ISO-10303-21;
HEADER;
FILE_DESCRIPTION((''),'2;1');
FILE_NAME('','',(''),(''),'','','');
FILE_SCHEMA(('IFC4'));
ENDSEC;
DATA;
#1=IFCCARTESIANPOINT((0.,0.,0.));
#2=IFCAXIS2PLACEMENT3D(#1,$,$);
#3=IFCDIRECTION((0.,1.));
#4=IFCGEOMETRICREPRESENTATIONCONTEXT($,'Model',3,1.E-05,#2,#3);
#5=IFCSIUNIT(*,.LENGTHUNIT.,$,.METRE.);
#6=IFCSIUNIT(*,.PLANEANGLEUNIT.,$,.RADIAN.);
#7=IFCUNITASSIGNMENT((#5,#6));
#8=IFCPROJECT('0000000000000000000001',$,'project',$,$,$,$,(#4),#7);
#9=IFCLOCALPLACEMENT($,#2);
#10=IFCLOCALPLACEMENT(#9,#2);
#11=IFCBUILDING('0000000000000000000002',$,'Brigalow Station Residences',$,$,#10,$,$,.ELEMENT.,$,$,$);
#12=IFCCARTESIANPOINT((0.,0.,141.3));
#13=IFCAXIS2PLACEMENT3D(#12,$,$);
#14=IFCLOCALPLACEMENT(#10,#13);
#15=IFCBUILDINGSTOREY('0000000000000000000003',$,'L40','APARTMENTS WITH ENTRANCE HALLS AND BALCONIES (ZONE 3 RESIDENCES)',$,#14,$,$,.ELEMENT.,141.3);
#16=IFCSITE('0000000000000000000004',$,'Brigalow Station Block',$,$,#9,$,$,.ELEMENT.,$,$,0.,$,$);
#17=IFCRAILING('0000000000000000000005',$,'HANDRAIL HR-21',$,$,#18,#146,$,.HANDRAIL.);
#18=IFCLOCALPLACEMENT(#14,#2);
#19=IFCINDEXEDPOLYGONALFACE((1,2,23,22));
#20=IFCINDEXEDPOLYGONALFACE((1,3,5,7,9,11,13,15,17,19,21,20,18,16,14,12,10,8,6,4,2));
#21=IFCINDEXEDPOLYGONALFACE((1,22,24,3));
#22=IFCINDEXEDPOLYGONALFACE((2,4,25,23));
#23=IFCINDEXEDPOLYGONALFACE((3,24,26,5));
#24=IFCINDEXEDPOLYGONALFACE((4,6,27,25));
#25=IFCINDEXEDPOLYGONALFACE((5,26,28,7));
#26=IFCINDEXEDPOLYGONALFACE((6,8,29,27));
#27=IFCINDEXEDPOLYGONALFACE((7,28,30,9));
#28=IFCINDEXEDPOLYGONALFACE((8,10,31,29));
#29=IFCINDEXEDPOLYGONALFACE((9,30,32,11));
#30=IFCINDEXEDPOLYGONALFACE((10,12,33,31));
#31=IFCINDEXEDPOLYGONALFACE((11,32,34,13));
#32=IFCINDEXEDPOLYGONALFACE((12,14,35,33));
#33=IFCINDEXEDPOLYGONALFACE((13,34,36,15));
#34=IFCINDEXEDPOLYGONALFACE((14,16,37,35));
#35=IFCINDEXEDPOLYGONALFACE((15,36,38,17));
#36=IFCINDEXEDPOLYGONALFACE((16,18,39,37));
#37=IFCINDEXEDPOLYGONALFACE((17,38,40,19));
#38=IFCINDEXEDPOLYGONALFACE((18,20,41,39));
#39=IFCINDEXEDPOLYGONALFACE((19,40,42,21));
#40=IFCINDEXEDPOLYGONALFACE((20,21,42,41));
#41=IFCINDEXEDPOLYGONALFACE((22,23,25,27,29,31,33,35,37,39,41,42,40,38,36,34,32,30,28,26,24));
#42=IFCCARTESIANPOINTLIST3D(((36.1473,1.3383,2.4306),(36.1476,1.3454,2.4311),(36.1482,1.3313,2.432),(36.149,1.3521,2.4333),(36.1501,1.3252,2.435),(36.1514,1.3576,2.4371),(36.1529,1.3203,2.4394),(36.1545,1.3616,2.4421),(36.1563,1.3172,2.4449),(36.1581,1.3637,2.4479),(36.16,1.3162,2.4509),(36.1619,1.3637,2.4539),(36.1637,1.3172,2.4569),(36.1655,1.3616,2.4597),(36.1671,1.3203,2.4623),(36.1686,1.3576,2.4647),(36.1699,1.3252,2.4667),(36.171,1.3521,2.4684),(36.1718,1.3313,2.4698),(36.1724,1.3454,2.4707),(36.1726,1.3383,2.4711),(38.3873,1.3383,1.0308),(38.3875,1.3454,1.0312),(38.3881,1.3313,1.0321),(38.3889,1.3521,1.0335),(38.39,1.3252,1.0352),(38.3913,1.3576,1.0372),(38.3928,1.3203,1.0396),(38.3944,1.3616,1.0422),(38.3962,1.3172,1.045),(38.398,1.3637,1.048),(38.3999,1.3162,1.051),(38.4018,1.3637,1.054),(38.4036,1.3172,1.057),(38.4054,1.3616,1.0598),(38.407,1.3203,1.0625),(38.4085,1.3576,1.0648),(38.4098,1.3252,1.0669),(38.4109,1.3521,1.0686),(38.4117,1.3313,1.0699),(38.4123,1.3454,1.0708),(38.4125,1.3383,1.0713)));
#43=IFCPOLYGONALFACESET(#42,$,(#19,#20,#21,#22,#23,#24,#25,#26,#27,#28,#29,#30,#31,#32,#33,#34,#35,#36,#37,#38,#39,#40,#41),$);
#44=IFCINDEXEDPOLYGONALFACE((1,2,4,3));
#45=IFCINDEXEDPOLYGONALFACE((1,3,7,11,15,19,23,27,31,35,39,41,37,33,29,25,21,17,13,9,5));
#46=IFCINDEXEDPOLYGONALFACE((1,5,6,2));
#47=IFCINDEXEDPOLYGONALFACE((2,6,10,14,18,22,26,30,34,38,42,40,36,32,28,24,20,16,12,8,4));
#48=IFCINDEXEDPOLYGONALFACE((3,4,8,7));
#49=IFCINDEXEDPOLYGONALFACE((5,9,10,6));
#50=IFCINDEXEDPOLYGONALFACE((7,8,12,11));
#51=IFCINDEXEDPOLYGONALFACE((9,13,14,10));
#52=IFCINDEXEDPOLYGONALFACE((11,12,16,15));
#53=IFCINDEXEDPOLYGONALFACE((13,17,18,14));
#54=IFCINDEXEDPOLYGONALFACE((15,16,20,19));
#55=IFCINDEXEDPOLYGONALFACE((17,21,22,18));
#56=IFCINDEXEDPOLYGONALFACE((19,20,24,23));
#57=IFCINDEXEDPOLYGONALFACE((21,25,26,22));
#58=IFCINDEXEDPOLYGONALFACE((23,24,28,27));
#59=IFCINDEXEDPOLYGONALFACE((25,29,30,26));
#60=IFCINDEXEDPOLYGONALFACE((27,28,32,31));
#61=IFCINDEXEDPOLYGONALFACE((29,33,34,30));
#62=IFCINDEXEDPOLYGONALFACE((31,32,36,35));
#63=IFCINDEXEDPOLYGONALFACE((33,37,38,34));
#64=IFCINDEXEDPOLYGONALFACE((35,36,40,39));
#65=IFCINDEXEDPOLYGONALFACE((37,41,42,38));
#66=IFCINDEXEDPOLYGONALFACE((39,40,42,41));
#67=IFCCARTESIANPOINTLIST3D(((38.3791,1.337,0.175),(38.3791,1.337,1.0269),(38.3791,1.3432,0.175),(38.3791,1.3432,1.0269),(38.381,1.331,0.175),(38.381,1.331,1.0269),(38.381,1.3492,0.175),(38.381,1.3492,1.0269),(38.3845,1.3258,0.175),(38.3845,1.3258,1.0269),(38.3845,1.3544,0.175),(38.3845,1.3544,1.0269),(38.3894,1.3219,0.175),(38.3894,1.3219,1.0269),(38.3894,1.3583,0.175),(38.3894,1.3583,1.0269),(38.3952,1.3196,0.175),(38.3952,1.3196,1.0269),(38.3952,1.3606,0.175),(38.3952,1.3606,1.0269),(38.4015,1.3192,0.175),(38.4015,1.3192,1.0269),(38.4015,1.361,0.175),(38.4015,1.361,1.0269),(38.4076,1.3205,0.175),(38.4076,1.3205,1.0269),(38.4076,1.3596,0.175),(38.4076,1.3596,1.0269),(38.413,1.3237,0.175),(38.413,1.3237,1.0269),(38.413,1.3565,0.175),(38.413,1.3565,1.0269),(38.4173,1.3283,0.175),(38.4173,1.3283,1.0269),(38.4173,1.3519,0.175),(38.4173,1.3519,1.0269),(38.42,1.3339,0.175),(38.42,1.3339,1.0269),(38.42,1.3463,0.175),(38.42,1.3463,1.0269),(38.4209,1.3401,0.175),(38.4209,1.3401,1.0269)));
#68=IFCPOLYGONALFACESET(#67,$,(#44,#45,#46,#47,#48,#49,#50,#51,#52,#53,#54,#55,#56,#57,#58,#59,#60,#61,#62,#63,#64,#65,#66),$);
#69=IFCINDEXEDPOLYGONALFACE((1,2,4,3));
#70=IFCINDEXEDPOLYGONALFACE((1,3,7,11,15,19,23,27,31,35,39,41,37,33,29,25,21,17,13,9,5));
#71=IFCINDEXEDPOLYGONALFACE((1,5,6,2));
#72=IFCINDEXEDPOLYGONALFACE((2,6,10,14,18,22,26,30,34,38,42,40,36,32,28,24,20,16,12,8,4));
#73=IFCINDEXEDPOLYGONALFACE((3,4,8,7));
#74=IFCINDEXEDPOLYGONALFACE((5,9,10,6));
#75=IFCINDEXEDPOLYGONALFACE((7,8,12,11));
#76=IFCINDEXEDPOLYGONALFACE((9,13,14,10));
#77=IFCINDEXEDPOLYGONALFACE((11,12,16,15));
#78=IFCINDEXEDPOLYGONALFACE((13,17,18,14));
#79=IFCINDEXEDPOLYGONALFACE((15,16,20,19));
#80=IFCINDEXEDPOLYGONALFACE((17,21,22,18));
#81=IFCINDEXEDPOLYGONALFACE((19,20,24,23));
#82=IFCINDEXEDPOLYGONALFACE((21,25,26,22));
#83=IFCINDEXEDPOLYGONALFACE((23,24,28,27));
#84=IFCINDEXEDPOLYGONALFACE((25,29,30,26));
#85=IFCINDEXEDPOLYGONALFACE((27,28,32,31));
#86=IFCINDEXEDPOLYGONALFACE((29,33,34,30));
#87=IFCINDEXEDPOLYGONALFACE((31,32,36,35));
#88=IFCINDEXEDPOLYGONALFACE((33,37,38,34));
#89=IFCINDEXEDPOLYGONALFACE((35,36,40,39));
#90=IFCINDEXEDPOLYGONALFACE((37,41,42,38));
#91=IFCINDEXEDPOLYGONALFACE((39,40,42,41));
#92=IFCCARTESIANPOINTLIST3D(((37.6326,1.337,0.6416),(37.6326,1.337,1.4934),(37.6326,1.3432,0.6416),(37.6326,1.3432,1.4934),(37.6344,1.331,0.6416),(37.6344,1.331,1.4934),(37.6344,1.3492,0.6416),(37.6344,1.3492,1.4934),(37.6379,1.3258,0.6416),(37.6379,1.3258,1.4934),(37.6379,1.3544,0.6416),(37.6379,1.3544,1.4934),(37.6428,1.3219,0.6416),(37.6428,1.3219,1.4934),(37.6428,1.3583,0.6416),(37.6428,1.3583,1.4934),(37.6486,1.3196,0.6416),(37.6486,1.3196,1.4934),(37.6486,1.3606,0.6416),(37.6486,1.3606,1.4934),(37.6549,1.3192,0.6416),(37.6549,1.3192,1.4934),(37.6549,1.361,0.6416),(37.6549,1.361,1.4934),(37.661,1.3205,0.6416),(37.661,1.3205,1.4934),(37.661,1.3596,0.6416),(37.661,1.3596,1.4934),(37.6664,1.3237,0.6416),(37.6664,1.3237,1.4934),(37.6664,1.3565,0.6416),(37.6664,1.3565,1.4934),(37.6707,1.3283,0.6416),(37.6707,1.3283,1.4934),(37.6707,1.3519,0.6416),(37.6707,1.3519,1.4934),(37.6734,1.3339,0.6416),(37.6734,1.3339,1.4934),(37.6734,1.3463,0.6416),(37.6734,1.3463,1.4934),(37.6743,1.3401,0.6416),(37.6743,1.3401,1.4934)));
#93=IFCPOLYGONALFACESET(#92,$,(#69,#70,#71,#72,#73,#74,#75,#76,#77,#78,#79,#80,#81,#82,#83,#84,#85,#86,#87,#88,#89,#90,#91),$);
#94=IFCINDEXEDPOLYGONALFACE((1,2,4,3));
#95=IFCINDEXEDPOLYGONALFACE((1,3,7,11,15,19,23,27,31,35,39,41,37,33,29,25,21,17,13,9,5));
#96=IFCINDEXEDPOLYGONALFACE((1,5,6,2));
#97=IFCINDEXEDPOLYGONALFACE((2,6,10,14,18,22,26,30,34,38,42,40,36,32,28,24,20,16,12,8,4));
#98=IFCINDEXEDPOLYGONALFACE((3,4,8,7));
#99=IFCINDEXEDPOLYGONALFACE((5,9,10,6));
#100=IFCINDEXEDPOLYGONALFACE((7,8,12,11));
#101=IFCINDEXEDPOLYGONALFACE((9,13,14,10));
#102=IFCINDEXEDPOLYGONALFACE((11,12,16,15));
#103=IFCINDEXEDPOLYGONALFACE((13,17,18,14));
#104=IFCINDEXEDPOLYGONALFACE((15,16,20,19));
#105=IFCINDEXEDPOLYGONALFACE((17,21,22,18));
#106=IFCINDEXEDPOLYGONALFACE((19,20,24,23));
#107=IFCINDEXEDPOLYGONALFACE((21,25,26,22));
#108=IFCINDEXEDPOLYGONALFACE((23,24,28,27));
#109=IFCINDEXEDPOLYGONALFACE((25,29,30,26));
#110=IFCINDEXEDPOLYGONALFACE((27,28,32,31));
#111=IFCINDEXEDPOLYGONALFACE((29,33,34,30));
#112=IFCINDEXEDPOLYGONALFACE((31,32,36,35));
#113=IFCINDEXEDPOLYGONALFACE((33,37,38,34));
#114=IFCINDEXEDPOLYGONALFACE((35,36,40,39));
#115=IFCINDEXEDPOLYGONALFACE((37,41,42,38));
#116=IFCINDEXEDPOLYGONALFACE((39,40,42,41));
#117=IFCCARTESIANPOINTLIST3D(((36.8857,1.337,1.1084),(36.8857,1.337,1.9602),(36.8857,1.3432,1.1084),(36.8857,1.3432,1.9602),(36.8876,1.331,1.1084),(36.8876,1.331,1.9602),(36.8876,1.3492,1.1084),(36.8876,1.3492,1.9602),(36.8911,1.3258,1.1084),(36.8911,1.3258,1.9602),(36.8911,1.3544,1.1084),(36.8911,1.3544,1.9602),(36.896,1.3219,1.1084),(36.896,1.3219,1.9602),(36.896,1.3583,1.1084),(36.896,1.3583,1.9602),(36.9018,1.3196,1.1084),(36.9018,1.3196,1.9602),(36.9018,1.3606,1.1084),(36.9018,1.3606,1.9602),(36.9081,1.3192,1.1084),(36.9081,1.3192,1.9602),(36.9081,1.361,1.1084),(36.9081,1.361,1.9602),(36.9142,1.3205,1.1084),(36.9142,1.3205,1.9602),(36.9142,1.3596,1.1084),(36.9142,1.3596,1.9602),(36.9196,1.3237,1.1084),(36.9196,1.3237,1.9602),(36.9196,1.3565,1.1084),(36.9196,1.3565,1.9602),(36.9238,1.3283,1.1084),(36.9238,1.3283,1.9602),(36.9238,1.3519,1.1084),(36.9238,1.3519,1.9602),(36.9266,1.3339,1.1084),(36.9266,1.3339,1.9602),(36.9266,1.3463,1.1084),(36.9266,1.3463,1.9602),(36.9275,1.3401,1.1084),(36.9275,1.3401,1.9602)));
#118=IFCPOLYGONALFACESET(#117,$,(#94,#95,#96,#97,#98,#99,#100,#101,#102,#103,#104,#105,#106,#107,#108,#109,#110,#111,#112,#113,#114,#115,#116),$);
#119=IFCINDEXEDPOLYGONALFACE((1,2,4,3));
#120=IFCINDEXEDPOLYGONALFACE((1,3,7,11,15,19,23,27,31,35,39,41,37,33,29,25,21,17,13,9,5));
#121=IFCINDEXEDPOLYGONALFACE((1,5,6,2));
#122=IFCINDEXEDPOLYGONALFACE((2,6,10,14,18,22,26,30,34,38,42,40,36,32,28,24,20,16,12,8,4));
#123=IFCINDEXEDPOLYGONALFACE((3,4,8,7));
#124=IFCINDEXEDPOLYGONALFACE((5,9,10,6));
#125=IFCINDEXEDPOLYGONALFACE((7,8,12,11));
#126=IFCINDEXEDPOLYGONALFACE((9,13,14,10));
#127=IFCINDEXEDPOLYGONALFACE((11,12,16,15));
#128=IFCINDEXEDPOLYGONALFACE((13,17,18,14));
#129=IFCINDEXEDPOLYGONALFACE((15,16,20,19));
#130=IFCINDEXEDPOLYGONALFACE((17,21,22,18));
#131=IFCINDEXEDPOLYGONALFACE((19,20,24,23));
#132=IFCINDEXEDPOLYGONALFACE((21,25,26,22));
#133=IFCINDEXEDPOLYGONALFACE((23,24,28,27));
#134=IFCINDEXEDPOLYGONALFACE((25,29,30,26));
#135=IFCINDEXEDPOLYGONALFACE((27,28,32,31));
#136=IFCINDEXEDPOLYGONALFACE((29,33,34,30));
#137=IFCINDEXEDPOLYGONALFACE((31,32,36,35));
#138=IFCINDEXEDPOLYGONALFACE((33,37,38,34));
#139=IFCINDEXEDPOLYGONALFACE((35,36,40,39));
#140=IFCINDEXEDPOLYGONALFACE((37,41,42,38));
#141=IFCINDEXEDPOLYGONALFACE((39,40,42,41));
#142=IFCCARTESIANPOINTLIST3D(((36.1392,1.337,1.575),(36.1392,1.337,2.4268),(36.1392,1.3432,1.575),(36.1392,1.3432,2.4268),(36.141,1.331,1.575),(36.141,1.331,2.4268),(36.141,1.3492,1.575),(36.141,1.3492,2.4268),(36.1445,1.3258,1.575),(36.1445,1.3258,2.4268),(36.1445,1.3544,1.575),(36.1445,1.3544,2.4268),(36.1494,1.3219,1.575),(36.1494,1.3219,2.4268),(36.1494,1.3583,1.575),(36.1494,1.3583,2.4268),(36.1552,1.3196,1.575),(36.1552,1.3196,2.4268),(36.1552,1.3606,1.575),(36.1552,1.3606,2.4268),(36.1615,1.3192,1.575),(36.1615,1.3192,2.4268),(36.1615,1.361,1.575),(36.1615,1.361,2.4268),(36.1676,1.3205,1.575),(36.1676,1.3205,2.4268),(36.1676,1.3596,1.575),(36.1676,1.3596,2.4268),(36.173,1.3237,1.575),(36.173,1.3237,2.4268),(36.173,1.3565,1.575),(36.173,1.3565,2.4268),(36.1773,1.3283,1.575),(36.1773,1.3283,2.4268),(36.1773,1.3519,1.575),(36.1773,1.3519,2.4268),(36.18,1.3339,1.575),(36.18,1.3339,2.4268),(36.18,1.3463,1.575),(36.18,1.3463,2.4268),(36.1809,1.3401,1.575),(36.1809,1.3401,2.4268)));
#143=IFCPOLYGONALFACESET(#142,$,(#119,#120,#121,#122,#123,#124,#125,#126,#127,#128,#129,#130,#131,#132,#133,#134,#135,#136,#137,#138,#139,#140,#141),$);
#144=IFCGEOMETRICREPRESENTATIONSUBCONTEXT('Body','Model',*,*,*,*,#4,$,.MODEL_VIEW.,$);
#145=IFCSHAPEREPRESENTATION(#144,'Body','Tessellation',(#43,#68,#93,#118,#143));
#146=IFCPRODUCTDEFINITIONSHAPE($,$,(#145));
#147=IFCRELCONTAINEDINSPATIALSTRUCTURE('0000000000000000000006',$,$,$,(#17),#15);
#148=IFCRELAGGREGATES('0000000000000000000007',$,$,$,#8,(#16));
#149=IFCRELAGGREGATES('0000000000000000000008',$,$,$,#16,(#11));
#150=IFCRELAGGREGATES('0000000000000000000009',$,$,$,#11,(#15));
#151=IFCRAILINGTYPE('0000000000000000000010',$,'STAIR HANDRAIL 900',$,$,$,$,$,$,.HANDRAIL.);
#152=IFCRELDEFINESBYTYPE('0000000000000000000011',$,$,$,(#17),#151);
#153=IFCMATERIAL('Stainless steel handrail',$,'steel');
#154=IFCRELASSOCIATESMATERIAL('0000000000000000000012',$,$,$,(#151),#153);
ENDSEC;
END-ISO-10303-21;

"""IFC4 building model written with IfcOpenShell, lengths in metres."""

from ifc_helpers import new_model, si_unit, direction, frame, origin, origin_2d, place, context, subcontext, project, spatial, circle, extrude, material, type_object, element, save


model = new_model("IFC4")

# Units and contexts
model_context = context("Model", 3, precision=1e-05, world=origin(), true_north=direction((0.0, 1.0)))
body_context = subcontext(model_context, "Body", "Model", "MODEL_VIEW")
ifc_project = project(units=[si_unit("LENGTHUNIT", "METRE"), si_unit("PLANEANGLEUNIT", "RADIAN")], contexts=[model_context])

# Site, building, storey
site_placement = place(None, origin())
site = spatial("IfcSite", under=ifc_project, at=site_placement, Name="Brigalow Station Block", CompositionType="ELEMENT", RefElevation=0.0)
building_placement = place(site_placement, origin())
building = spatial("IfcBuilding", under=site, at=building_placement, Name="Brigalow Station Residences", CompositionType="ELEMENT")
storey_placement = place(building_placement, frame((0.0, 0.0, 141.3)))
storey = spatial("IfcBuildingStorey", under=building, at=storey_placement, Name="L40", Description="APARTMENTS WITH ENTRANCE HALLS AND BALCONIES (ZONE 3 RESIDENCES)", CompositionType="ELEMENT", Elevation=141.3)

# Railing
ifc_material_1 = material(Name="Stainless steel handrail", Category="steel")
railing_type_1 = type_object("IfcRailingType", Name="STAIR HANDRAIL 900", PredefinedType="HANDRAIL", material=ifc_material_1)
railing_1_placement = place(storey_placement, frame((38.3999, 1.3401, 0.175)))
element("IfcRailing", 1, at=railing_1_placement, inside=storey, type_object=railing_type_1, Name="HANDRAIL HR-21", PredefinedType="HANDRAIL", context=body_context, shape_type="SweptSolid", body=[
    extrude(circle(Radius=0.0239, at=origin_2d()), frame((0.0, 0.0, 0.876), z_axis=(-0.848014, 0.0, 0.529974), x_axis=(0.0, -1.0, 0.0)), (0.0, 0.0, 1.0), 2.6414),
    extrude(circle(Radius=0.021, at=origin_2d()), origin(), (0.0, 0.0, 1.0), 0.8518),
    extrude(circle(Radius=0.021, at=origin_2d()), frame((-0.7466, 0.0, 0.4666)), (0.0, 0.0, 1.0), 0.8518),
    extrude(circle(Radius=0.021, at=origin_2d()), frame((-1.4934, 0.0, 0.9333)), (0.0, 0.0, 1.0), 0.8518),
    extrude(circle(Radius=0.021, at=origin_2d()), frame((-2.24, 0.0, 1.3999)), (0.0, 0.0, 1.0), 0.8518),
])

save(model, "model.ifc")
